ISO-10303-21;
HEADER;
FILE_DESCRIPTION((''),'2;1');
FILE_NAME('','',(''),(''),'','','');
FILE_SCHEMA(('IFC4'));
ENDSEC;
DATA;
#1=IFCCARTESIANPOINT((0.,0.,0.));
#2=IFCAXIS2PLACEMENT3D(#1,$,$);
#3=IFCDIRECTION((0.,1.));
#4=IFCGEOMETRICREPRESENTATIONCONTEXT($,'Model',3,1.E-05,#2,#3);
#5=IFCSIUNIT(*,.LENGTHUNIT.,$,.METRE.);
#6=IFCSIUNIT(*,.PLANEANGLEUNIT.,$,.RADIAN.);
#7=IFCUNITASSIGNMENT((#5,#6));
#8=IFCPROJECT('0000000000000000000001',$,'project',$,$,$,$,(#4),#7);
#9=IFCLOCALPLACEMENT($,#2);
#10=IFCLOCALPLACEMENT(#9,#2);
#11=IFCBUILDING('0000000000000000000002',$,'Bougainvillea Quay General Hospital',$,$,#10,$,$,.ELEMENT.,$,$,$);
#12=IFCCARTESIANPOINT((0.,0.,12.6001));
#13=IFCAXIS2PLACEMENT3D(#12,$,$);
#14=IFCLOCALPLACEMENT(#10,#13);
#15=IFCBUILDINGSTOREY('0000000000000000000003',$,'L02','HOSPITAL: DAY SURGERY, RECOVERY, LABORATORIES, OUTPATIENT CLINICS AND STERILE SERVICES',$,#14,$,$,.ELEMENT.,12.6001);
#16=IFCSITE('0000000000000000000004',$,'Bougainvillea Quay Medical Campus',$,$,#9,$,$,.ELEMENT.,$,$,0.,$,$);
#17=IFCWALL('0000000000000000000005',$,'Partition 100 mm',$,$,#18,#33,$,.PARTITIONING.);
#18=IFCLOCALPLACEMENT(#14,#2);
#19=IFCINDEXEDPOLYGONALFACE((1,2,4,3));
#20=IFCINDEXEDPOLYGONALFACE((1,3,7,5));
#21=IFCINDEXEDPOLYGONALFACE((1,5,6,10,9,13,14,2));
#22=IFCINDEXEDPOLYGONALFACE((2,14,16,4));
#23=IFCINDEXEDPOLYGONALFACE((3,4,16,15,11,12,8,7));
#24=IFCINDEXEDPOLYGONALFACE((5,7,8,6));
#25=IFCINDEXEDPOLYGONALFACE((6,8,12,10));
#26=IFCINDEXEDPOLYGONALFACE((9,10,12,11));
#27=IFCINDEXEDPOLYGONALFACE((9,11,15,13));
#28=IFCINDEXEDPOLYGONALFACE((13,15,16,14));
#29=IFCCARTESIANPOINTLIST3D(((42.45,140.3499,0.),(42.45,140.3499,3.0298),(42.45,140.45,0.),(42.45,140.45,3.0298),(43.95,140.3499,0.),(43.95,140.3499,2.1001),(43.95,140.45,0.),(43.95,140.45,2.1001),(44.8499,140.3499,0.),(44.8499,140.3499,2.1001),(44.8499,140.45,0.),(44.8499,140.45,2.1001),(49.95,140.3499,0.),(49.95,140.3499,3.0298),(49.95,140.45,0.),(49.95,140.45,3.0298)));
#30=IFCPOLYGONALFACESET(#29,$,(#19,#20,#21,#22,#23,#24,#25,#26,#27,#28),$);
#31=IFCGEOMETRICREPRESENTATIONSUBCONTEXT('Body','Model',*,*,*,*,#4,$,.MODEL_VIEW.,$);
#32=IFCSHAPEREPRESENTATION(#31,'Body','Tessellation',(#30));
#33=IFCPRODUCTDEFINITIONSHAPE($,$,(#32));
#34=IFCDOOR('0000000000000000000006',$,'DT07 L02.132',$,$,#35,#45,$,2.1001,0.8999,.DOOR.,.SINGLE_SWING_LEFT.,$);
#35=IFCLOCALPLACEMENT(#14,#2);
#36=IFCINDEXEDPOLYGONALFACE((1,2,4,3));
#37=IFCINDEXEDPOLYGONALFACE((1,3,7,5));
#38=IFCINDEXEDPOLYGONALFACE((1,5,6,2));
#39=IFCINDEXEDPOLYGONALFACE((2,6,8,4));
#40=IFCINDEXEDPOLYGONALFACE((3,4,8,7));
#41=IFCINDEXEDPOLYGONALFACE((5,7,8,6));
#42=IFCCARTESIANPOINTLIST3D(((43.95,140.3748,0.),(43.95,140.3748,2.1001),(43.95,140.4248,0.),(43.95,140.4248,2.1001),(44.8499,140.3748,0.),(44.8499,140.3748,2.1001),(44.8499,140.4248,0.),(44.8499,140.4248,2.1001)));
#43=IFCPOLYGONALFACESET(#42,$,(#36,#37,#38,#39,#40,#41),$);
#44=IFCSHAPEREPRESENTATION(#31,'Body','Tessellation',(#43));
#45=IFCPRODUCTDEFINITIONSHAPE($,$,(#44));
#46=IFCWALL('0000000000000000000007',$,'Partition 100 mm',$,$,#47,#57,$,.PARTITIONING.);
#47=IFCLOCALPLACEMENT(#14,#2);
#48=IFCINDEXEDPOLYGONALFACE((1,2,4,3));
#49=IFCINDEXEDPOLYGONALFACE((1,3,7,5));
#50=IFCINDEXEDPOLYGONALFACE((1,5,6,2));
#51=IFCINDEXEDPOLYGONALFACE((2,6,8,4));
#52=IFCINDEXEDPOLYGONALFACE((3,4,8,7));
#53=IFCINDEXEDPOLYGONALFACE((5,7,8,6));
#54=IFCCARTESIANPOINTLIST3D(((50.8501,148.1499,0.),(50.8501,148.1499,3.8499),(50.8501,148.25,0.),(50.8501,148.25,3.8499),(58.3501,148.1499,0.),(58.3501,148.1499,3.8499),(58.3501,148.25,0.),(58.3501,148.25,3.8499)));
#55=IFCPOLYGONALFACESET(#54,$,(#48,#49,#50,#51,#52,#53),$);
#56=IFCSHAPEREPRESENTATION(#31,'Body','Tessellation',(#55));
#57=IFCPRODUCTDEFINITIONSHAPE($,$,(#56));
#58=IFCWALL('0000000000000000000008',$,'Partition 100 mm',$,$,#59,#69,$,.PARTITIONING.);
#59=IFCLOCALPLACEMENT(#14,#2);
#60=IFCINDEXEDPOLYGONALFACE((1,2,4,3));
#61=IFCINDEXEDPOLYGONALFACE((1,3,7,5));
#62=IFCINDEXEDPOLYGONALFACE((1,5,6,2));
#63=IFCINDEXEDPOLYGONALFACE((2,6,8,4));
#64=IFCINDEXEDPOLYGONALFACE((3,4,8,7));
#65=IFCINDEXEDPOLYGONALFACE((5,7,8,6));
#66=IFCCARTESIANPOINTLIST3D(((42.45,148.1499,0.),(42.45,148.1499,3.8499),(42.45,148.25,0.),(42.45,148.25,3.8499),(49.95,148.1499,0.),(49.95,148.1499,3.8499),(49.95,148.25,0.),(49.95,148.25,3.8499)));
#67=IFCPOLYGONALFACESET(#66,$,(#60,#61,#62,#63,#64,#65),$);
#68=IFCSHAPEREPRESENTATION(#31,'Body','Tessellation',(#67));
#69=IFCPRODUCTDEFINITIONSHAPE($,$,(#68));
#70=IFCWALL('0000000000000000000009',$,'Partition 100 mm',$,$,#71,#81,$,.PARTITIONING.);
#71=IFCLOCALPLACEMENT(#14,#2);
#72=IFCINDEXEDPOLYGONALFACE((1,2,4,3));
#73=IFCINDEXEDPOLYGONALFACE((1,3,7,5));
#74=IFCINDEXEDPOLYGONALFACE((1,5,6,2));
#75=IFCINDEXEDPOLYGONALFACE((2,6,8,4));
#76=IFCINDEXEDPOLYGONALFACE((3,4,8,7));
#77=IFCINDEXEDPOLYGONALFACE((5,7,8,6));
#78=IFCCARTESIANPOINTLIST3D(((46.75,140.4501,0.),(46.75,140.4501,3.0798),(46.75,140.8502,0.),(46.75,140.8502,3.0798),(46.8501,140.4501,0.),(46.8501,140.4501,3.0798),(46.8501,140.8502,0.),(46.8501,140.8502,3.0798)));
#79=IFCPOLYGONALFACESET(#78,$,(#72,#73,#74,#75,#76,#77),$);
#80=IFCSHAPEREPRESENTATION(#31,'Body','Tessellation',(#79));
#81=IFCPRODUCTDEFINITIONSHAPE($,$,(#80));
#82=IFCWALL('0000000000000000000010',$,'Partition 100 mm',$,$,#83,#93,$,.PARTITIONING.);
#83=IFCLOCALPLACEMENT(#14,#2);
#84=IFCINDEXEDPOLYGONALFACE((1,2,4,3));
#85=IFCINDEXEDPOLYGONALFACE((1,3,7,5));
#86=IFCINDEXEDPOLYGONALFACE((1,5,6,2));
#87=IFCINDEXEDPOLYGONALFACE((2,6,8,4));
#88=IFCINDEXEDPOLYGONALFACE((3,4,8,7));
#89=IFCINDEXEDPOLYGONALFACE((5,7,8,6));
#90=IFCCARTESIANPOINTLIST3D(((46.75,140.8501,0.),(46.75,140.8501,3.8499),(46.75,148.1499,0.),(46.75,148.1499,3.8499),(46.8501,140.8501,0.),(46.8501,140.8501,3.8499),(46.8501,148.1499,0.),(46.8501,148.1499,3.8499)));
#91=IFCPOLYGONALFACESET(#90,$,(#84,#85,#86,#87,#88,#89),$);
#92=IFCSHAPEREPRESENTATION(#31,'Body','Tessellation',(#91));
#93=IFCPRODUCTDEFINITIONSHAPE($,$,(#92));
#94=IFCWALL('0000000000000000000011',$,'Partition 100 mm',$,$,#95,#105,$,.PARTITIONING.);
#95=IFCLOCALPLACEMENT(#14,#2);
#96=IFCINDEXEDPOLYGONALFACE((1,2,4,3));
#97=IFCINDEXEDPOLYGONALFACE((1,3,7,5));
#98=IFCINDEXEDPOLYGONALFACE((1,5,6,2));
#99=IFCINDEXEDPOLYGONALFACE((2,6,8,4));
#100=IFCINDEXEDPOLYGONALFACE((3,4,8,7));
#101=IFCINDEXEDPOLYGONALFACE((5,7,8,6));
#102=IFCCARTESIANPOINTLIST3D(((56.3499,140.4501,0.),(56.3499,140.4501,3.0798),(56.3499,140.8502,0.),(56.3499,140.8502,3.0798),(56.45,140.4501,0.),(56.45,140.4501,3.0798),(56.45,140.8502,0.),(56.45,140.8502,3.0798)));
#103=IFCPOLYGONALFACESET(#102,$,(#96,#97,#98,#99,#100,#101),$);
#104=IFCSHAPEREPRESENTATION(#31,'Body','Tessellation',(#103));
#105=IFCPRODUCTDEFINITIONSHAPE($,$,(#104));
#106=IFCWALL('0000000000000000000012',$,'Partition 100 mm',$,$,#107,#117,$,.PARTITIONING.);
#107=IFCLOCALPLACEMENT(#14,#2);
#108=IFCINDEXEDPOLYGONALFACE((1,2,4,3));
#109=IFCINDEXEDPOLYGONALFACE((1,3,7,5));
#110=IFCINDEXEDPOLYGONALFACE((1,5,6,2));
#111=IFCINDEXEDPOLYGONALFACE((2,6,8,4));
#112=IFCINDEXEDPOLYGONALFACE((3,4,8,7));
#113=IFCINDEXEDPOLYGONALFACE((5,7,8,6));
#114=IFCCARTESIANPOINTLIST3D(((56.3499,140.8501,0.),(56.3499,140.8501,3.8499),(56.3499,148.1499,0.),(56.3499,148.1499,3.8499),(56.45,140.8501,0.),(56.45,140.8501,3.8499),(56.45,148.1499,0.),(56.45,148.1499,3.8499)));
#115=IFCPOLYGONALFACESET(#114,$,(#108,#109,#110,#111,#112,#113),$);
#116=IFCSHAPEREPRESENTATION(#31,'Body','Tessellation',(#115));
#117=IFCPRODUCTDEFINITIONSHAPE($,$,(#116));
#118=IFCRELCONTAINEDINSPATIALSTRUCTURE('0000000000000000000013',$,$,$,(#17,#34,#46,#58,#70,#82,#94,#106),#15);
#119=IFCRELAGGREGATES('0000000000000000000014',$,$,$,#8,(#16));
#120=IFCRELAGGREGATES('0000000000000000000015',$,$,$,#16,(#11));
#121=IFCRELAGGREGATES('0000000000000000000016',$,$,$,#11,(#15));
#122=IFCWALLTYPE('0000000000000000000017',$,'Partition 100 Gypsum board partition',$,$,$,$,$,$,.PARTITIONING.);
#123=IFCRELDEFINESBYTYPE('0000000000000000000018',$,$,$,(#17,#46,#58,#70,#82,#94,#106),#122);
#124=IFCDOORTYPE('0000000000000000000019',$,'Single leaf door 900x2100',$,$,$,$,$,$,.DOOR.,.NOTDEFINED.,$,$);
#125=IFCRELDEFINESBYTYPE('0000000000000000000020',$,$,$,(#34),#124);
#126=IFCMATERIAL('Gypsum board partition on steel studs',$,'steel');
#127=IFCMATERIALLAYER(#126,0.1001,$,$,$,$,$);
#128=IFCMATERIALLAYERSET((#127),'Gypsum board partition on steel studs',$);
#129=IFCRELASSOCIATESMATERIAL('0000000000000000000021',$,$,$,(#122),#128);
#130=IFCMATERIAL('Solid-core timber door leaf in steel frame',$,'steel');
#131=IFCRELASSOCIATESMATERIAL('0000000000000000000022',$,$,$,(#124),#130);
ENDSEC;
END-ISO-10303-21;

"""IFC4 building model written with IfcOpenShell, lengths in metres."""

from ifc_helpers import new_model, si_unit, direction, frame, frame_2d, origin, place, context, subcontext, project, spatial, rectangle, extrude, material, layer, layer_set, type_object, element, fill, save


model = new_model("IFC4")

# Units and contexts
model_context = context("Model", 3, precision=1e-05, world=origin(), true_north=direction((0.0, 1.0)))
body_context = subcontext(model_context, "Body", "Model", "MODEL_VIEW")
ifc_project = project(units=[si_unit("LENGTHUNIT", "METRE"), si_unit("PLANEANGLEUNIT", "RADIAN")], contexts=[model_context])

# Site, building, storey
site_placement = place(None, origin())
site = spatial("IfcSite", under=ifc_project, at=site_placement, Name="Bougainvillea Quay Medical Campus", CompositionType="ELEMENT", RefElevation=0.0)
building_placement = place(site_placement, origin())
building = spatial("IfcBuilding", under=site, at=building_placement, Name="Bougainvillea Quay General Hospital", CompositionType="ELEMENT")
storey_placement = place(building_placement, frame((0.0, 0.0, 12.6001)))
storey = spatial("IfcBuildingStorey", under=building, at=storey_placement, Name="L02", Description="HOSPITAL: DAY SURGERY, RECOVERY, LABORATORIES, OUTPATIENT CLINICS AND STERILE SERVICES", CompositionType="ELEMENT", Elevation=12.6001)

# Wall, opening, door
ifc_material_1 = material(Name="Gypsum board partition on steel studs", Category="steel")
ifc_layer_1 = layer(ifc_material_1, 0.1001)
ifc_layer_set_1 = layer_set([ifc_layer_1], Name="Gypsum board partition on steel studs")
wall_type_1 = type_object("IfcWallType", Name="Partition 100 Gypsum board partition", PredefinedType="PARTITIONING", material=ifc_layer_set_1)
wall_1_placement = place(storey_placement, frame((49.95, 140.3999, 0.0), z_axis=(0.0, 0.0, 1.0), x_axis=(-1.0, 0.0, 0.0)))
wall_1 = element("IfcWall", 1, at=wall_1_placement, inside=storey, type_object=wall_type_1, Name="Partition 100 mm", PredefinedType="PARTITIONING", context=body_context, shape_type="SweptSolid", body=[
    extrude(rectangle(XDim=7.5, YDim=0.1001, at=frame_2d((3.75, 0.0))), origin(), (0.0, 0.0, 1.0), 3.0298),
])
opening_1_placement = place(wall_1_placement, frame((5.1001, 0.0, 0.0)))
opening_1 = element("IfcOpeningElement", 2, at=opening_1_placement, cuts=wall_1, PredefinedType="OPENING", context=body_context, shape_type="SweptSolid", body=[
    extrude(rectangle(XDim=0.8999, YDim=2.1001, at=frame_2d((0.45, 1.05))), frame((0.0, 0.0601, 0.0), z_axis=(0.0, -1.0, 0.0), x_axis=(1.0, 0.0, 0.0)), (0.0, 0.0, 1.0), 0.1201),
])
ifc_material_2 = material(Name="Solid-core timber door leaf in steel frame", Category="steel")
door_type_1 = type_object("IfcDoorType", Name="Single leaf door 900x2100", OperationType="NOTDEFINED", PredefinedType="DOOR", material=ifc_material_2)
door_1_placement = place(opening_1_placement, frame((0.8999, 0.0, 0.0), z_axis=(0.0, 0.0, 1.0), x_axis=(-1.0, 0.0, 0.0)))
door_1 = element("IfcDoor", 3, at=door_1_placement, inside=storey, type_object=door_type_1, Name="DT07 L02.132", OperationType="SINGLE_SWING_LEFT", OverallHeight=2.1001, OverallWidth=0.8999, PredefinedType="DOOR", context=body_context, shape_type="SweptSolid", body=[
    extrude(rectangle(XDim=0.8999, YDim=2.1001, at=frame_2d((0.45, 1.05))), frame((0.0, 0.0249, 0.0), z_axis=(0.0, -1.0, 0.0), x_axis=(1.0, 0.0, 0.0)), (0.0, 0.0, 1.0), 0.05),
])
fill(opening_1, door_1)

# Walls
for number, where, z_axis, x_axis, name in (
    (4, (58.3501, 148.2, 0.0), (0.0, 0.0, 1.0), (-1.0, 0.0, 0.0), "Partition 100 mm"),
    (5, (49.95, 148.2, 0.0), (0.0, 0.0, 1.0), (-1.0, 0.0, 0.0), "Partition 100 mm"),
):
    element("IfcWall", number, at=place(storey_placement, frame(where, z_axis=z_axis, x_axis=x_axis)), inside=storey, type_object=wall_type_1, Name=name, PredefinedType="PARTITIONING", context=body_context, shape_type="SweptSolid", body=[
        extrude(rectangle(XDim=7.5, YDim=0.1001, at=frame_2d((3.75, 0.0))), origin(), (0.0, 0.0, 1.0), 3.8499),
    ])
wall_2_placement = place(storey_placement, frame((46.8, 140.45, 0.0), z_axis=(0.0, 0.0, 1.0), x_axis=(0.0, 1.0, 0.0)))
element("IfcWall", 6, at=wall_2_placement, inside=storey, type_object=wall_type_1, Name="Partition 100 mm", PredefinedType="PARTITIONING", context=body_context, shape_type="SweptSolid", body=[
    extrude(rectangle(XDim=0.4001, YDim=0.1001, at=frame_2d((0.2002, 0.0))), origin(), (0.0, 0.0, 1.0), 3.0798),
])
wall_3_placement = place(storey_placement, frame((46.8, 140.8501, 0.0), z_axis=(0.0, 0.0, 1.0), x_axis=(0.0, 1.0, 0.0)))
element("IfcWall", 7, at=wall_3_placement, inside=storey, type_object=wall_type_1, Name="Partition 100 mm", PredefinedType="PARTITIONING", context=body_context, shape_type="SweptSolid", body=[
    extrude(rectangle(XDim=7.2998, YDim=0.1001, at=frame_2d((3.6499, 0.0))), origin(), (0.0, 0.0, 1.0), 3.8499),
])
wall_4_placement = place(storey_placement, frame((56.3999, 140.45, 0.0), z_axis=(0.0, 0.0, 1.0), x_axis=(0.0, 1.0, 0.0)))
element("IfcWall", 8, at=wall_4_placement, inside=storey, type_object=wall_type_1, Name="Partition 100 mm", PredefinedType="PARTITIONING", context=body_context, shape_type="SweptSolid", body=[
    extrude(rectangle(XDim=0.4001, YDim=0.1001, at=frame_2d((0.2002, 0.0))), origin(), (0.0, 0.0, 1.0), 3.0798),
])
wall_5_placement = place(storey_placement, frame((56.3999, 140.8501, 0.0), z_axis=(0.0, 0.0, 1.0), x_axis=(0.0, 1.0, 0.0)))
element("IfcWall", 9, at=wall_5_placement, inside=storey, type_object=wall_type_1, Name="Partition 100 mm", PredefinedType="PARTITIONING", context=body_context, shape_type="SweptSolid", body=[
    extrude(rectangle(XDim=7.2998, YDim=0.1001, at=frame_2d((3.6499, 0.0))), origin(), (0.0, 0.0, 1.0), 3.8499),
])

save(model, "model.ifc")
